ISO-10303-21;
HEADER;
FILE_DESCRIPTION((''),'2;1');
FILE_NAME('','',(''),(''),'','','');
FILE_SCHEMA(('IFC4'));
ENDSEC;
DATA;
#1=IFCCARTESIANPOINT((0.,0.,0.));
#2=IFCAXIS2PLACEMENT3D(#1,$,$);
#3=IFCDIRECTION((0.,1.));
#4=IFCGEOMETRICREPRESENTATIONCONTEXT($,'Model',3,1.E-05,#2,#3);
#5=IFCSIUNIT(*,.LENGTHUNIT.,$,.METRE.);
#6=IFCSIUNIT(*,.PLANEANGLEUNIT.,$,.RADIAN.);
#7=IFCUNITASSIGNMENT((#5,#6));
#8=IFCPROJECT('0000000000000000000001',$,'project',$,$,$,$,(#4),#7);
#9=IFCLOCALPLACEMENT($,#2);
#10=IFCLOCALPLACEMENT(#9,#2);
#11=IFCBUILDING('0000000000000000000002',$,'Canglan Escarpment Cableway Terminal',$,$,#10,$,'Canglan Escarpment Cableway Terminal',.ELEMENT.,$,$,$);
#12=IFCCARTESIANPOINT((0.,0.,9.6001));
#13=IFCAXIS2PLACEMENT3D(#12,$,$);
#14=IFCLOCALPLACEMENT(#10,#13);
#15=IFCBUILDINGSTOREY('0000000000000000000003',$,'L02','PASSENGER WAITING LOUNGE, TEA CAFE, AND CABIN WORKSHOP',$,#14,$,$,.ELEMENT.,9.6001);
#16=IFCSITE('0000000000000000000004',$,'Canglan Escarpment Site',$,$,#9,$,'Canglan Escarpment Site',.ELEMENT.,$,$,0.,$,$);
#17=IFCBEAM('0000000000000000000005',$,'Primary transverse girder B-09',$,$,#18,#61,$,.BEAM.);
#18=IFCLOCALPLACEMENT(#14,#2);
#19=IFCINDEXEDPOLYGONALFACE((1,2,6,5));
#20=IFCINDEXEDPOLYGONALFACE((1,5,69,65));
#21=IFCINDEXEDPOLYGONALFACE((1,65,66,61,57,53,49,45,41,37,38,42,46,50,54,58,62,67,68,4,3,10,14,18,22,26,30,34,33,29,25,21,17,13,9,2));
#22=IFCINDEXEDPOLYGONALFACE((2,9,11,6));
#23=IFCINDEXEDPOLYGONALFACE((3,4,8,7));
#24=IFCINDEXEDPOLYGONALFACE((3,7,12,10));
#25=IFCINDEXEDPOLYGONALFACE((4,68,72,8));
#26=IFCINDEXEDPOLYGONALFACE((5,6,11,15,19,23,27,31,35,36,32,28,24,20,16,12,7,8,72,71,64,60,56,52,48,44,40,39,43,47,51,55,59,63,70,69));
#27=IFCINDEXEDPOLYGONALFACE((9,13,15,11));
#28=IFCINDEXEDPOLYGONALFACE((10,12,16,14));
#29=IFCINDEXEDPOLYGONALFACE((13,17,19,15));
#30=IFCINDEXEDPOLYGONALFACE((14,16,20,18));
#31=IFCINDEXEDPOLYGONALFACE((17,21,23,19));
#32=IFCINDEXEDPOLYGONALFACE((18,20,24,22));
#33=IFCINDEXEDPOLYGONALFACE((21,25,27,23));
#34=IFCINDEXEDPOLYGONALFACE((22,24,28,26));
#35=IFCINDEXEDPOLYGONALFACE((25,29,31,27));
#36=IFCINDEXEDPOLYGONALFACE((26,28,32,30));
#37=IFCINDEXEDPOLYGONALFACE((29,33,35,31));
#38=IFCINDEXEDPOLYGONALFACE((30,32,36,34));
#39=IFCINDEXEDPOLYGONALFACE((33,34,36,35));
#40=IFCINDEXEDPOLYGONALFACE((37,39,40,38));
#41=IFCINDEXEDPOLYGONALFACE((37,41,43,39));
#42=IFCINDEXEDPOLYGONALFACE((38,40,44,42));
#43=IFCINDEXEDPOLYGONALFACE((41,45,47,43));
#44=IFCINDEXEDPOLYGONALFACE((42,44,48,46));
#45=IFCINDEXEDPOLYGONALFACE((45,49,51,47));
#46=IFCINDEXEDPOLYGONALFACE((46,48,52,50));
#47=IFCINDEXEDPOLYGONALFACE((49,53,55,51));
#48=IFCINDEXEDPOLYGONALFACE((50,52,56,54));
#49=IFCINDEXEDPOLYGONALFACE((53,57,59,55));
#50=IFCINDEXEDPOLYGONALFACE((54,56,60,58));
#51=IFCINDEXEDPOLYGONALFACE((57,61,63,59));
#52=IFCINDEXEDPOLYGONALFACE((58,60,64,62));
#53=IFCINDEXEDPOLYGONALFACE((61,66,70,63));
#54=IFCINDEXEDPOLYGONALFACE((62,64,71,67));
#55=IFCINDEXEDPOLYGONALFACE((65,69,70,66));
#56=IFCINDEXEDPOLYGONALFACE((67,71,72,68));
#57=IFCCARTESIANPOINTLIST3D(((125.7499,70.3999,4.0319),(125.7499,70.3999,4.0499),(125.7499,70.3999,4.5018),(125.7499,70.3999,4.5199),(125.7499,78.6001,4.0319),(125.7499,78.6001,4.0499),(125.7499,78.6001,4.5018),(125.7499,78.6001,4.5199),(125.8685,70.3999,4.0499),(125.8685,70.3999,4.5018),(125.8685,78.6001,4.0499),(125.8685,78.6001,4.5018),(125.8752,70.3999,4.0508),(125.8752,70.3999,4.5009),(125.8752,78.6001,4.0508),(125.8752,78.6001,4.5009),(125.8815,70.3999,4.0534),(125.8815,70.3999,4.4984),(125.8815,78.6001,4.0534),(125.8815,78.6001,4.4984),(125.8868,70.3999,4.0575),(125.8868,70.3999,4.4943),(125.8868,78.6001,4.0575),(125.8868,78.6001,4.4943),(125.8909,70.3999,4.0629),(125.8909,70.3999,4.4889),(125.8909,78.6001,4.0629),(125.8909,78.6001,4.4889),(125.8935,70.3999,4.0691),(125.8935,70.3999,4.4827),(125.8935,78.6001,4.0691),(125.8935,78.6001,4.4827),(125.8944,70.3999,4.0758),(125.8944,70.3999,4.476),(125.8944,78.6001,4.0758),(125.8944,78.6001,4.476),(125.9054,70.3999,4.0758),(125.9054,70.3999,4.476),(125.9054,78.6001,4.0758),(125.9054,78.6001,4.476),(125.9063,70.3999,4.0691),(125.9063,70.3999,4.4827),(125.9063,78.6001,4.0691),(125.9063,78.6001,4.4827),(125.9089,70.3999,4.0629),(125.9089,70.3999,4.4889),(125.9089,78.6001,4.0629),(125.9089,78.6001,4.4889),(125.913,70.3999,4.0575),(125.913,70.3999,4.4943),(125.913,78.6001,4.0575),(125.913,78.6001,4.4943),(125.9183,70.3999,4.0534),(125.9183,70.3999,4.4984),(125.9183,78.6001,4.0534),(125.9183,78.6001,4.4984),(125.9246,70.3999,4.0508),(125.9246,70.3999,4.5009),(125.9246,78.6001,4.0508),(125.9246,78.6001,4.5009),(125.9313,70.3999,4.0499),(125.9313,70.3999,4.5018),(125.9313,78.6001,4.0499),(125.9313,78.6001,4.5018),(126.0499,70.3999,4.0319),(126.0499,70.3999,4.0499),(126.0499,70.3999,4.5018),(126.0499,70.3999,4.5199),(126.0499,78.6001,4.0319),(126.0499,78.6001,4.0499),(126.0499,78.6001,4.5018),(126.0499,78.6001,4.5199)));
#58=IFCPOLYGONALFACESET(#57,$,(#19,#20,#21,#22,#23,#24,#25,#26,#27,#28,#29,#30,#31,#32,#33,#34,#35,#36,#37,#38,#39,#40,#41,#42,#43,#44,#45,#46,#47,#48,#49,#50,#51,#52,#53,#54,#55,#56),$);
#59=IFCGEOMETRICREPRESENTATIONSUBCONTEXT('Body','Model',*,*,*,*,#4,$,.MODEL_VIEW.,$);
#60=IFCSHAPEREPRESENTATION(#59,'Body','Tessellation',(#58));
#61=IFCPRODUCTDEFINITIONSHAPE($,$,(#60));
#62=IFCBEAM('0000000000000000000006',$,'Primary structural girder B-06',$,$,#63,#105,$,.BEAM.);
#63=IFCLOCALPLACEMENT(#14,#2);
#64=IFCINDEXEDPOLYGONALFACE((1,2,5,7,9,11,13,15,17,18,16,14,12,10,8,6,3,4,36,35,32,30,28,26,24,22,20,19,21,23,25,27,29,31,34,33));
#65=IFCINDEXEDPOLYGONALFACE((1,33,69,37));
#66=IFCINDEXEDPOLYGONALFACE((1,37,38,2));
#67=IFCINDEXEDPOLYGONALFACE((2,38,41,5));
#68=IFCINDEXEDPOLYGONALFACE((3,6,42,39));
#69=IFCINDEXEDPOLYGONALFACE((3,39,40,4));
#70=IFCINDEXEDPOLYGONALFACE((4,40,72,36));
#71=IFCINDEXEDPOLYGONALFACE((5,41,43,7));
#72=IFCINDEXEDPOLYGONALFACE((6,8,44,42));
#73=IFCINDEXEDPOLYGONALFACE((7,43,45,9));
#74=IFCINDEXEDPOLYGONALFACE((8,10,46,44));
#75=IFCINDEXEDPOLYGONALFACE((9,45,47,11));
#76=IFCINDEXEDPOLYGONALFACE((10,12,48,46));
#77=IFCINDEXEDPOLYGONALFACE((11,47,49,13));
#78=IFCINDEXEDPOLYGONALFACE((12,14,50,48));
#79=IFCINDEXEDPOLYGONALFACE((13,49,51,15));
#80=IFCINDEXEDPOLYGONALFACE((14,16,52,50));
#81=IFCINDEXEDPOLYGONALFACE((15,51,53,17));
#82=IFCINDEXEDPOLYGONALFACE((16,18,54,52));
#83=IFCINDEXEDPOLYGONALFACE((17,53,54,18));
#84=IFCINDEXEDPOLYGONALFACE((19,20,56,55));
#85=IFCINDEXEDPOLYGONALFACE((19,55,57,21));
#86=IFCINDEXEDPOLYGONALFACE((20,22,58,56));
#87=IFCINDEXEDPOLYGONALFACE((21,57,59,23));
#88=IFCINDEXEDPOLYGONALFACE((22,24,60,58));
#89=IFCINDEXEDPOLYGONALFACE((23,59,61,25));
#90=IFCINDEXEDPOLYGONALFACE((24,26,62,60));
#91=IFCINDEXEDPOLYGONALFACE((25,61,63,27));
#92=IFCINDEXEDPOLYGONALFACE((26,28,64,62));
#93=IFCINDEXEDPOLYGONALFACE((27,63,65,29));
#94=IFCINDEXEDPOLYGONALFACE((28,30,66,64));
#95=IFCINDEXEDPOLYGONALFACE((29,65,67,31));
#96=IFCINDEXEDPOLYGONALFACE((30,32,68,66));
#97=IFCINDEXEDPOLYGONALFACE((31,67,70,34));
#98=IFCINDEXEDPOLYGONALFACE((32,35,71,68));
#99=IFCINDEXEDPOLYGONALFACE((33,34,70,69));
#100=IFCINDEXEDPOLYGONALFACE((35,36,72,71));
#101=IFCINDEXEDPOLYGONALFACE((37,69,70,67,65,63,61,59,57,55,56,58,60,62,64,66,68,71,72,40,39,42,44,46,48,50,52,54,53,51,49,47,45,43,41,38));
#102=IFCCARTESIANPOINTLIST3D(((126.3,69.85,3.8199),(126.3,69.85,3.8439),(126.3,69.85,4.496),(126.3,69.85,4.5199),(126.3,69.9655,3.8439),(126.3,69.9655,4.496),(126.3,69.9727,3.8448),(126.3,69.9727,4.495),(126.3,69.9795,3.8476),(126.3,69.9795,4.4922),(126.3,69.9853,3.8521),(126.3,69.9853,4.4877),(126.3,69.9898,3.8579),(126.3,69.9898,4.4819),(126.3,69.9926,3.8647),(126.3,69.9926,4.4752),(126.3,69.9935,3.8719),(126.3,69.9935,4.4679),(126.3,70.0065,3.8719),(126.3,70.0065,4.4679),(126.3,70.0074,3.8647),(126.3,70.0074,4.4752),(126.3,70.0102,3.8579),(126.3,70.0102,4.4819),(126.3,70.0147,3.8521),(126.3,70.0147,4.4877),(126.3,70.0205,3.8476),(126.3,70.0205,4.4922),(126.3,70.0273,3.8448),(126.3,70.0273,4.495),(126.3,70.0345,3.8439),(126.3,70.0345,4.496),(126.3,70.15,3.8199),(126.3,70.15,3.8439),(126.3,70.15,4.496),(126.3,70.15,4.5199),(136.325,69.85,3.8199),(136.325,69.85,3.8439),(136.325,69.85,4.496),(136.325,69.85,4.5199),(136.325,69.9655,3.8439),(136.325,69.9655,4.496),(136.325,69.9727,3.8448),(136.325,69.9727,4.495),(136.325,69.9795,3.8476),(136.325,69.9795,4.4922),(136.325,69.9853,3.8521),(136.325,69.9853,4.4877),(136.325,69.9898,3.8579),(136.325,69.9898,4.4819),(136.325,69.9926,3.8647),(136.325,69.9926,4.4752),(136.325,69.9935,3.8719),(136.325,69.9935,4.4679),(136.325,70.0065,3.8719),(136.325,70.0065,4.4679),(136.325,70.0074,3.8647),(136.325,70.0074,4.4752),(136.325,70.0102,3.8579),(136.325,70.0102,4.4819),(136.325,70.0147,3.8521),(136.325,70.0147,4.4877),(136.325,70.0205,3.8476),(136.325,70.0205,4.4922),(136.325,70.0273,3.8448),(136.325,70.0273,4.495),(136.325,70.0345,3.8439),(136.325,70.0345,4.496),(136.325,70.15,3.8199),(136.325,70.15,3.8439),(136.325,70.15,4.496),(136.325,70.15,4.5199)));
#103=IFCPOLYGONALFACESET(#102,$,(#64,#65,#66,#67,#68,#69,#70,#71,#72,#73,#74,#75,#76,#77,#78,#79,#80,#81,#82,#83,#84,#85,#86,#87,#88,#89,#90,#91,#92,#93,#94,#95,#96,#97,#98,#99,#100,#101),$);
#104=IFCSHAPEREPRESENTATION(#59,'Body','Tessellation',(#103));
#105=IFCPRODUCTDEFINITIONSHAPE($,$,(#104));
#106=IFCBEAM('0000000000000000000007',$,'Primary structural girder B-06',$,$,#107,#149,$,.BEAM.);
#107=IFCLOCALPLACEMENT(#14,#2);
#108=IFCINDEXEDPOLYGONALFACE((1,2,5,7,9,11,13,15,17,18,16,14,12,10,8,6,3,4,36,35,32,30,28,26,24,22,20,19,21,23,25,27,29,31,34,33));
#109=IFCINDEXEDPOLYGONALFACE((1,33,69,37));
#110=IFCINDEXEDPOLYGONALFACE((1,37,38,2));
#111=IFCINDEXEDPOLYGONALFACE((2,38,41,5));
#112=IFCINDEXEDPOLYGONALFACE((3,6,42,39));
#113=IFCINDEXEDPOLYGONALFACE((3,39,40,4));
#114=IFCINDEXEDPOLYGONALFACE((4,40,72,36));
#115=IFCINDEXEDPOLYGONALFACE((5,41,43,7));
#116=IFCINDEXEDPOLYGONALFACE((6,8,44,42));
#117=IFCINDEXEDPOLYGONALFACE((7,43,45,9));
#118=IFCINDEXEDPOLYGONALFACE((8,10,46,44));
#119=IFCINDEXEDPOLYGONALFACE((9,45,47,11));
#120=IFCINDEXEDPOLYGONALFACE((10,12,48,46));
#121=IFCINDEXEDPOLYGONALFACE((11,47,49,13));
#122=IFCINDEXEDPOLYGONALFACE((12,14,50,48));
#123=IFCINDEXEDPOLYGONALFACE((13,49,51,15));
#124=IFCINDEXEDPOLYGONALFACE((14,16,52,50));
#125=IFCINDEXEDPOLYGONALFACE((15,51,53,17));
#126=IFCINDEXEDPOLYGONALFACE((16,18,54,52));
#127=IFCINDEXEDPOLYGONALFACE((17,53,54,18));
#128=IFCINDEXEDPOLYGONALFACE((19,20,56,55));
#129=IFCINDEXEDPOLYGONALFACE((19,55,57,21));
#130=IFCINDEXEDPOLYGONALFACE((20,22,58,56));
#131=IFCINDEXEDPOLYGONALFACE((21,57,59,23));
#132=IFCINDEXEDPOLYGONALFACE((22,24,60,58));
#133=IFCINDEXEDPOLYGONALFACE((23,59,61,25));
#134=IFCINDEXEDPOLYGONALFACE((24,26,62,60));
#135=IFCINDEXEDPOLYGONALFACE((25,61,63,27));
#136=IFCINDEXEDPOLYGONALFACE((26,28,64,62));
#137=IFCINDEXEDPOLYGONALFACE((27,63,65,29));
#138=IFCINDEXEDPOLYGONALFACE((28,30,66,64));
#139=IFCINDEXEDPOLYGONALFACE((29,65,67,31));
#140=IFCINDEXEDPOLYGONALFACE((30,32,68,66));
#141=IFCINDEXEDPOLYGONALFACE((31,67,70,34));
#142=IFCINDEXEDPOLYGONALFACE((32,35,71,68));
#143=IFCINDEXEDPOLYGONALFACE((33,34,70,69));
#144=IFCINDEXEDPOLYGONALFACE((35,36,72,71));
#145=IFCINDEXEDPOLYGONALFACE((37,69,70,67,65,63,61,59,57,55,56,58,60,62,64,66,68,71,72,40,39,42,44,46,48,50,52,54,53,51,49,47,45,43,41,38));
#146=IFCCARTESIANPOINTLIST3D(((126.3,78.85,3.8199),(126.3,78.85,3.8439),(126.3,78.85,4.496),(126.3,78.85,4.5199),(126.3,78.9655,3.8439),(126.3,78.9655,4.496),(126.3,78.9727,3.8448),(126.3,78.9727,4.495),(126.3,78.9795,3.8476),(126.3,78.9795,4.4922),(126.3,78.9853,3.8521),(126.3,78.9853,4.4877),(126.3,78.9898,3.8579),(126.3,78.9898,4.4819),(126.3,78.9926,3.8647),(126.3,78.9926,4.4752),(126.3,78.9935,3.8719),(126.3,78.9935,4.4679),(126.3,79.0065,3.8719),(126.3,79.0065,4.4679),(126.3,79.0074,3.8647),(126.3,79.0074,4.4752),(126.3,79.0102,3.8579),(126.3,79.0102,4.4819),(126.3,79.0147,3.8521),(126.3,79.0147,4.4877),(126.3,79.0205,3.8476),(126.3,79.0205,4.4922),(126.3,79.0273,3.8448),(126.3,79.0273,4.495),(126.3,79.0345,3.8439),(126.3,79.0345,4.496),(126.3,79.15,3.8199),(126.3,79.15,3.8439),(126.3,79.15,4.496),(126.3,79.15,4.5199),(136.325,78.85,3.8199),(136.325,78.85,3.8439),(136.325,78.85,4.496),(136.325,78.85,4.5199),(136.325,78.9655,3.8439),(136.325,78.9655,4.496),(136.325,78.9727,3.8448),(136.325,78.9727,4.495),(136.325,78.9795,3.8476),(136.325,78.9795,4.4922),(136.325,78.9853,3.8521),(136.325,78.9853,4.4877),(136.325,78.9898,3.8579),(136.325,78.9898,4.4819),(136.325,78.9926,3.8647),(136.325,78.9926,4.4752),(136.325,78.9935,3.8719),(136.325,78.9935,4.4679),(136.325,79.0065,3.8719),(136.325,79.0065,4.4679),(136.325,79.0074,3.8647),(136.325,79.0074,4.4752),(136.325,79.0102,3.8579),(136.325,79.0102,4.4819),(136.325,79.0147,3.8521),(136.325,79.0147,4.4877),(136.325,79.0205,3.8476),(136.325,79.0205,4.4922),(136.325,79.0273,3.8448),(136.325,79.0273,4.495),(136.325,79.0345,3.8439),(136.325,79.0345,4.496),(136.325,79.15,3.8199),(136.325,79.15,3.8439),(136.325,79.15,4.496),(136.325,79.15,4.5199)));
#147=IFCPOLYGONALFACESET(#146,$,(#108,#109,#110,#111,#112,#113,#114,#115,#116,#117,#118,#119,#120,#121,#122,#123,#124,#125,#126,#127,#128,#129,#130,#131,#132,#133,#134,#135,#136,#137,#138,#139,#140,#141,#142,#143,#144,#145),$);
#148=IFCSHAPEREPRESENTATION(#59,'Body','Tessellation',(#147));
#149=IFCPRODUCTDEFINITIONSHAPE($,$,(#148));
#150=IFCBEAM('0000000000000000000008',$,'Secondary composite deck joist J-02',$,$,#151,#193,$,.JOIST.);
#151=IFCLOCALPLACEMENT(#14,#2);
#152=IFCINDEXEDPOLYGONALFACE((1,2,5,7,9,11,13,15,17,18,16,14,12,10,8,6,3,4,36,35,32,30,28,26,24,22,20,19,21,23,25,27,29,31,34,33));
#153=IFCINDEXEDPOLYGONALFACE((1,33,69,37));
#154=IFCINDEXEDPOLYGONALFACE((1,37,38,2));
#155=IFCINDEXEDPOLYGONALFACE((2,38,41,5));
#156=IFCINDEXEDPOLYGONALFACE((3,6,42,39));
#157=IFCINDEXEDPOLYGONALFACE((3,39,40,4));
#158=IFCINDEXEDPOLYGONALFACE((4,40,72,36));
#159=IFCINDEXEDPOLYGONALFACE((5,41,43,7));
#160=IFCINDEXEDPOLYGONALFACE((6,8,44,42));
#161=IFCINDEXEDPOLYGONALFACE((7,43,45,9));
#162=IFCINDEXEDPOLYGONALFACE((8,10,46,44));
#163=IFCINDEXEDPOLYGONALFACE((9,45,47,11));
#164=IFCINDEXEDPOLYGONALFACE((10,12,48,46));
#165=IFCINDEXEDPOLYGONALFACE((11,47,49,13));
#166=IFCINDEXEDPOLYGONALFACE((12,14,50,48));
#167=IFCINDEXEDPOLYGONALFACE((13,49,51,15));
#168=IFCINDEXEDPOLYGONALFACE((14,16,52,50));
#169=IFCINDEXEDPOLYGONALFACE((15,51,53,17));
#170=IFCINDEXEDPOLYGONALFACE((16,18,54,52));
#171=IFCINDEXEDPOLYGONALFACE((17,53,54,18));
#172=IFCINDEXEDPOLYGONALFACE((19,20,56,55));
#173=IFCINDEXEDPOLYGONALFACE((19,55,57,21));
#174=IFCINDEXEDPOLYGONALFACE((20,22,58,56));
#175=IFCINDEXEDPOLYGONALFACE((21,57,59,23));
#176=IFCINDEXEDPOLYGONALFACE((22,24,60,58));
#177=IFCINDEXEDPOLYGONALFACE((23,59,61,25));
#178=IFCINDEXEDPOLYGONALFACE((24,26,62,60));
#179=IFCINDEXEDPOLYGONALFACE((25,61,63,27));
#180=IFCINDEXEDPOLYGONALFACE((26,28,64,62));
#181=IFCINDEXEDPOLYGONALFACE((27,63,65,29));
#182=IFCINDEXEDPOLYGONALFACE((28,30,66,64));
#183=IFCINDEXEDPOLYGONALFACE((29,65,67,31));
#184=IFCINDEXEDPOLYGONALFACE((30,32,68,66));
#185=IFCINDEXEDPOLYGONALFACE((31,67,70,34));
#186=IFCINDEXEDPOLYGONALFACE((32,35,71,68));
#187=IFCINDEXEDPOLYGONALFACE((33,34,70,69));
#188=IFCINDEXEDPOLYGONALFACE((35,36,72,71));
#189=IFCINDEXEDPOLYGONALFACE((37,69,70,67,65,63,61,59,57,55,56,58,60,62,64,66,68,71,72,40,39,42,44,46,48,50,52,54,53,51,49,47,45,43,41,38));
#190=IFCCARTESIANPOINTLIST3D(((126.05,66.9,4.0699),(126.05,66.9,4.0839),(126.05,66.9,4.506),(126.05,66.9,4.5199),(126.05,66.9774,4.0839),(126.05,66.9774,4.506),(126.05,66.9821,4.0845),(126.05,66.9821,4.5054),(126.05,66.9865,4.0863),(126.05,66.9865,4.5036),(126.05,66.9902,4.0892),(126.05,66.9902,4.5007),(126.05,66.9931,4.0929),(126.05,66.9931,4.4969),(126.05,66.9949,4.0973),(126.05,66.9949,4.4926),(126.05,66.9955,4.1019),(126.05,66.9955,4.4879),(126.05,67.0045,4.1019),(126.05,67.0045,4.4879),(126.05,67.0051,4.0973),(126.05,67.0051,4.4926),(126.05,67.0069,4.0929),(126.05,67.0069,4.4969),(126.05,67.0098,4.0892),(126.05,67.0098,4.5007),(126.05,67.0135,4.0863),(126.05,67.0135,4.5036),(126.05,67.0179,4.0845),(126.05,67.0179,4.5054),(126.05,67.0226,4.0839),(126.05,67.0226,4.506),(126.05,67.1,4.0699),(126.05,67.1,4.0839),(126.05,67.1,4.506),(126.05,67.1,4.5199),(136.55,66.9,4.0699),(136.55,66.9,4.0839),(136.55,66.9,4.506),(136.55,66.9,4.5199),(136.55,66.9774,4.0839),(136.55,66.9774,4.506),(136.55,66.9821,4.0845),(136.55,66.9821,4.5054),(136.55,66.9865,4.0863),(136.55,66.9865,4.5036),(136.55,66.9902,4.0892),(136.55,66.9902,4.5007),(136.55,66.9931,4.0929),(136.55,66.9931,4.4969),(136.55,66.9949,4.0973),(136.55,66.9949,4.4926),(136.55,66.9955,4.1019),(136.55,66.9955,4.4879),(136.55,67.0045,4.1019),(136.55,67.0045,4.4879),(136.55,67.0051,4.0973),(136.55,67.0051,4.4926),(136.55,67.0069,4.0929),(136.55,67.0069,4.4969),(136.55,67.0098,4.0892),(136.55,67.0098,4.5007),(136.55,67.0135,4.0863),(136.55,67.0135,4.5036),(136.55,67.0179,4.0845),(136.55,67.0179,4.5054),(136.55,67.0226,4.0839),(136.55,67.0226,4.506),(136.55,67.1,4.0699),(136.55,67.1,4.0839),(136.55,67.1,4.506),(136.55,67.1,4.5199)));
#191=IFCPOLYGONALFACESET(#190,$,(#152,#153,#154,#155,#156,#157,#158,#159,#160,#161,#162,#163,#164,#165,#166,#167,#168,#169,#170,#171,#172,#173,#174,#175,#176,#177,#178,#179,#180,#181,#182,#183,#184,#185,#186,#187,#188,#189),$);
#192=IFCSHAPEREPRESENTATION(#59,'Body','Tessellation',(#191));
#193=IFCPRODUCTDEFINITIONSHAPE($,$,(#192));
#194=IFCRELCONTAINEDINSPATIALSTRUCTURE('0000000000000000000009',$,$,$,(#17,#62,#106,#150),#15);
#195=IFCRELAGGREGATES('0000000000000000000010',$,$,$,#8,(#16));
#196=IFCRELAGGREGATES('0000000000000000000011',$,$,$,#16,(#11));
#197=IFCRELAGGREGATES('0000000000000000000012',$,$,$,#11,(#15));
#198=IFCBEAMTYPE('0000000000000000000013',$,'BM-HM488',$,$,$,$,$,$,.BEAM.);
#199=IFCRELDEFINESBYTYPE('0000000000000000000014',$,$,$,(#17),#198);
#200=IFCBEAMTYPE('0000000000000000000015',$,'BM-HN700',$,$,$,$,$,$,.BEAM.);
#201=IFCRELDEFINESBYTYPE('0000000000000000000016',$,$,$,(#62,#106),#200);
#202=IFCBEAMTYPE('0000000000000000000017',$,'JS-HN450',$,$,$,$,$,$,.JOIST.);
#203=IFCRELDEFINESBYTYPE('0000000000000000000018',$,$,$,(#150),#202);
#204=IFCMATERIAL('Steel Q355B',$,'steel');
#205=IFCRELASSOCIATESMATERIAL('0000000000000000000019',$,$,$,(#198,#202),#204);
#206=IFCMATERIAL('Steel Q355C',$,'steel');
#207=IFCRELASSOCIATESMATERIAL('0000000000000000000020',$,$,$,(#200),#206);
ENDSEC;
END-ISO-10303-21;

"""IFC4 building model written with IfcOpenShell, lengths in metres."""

from ifc_helpers import new_model, si_unit, direction, frame, origin, origin_2d, place, context, subcontext, project, spatial, i_section, extrude, material, material_profile, profile_set, type_object, element, save


model = new_model("IFC4")

# Units and contexts
model_context = context("Model", 3, precision=1e-05, world=origin(), true_north=direction((0.0, 1.0)))
body_context = subcontext(model_context, "Body", "Model", "MODEL_VIEW")
ifc_project = project(units=[si_unit("LENGTHUNIT", "METRE"), si_unit("PLANEANGLEUNIT", "RADIAN")], contexts=[model_context])

# Site, building, storey
site_placement = place(None, origin())
site = spatial("IfcSite", under=ifc_project, at=site_placement, Name="Canglan Escarpment Site", LongName="Canglan Escarpment Site", CompositionType="ELEMENT", RefElevation=0.0)
building_placement = place(site_placement, origin())
building = spatial("IfcBuilding", under=site, at=building_placement, Name="Canglan Escarpment Cableway Terminal", LongName="Canglan Escarpment Cableway Terminal", CompositionType="ELEMENT")
storey_placement = place(building_placement, frame((0.0, 0.0, 9.6001)))
storey = spatial("IfcBuildingStorey", under=building, at=storey_placement, Name="L02", Description="PASSENGER WAITING LOUNGE, TEA CAFE, AND CABIN WORKSHOP", CompositionType="ELEMENT", Elevation=9.6001)

# Beams
ifc_material_1 = material(Name="Steel Q355B", Category="steel")
ifc_material_profile_1 = material_profile(ifc_material_1, i_section(OverallWidth=0.3, OverallDepth=0.488, WebThickness=0.011, FlangeThickness=0.0181, FilletRadius=0.0259, at=origin_2d()), Name="HM 488x300x11x18")
ifc_profile_set_1 = profile_set([ifc_material_profile_1], Name="Steel Q355B")
beam_type_1 = type_object("IfcBeamType", Name="BM-HM488", PredefinedType="BEAM", material=ifc_profile_set_1)
beam_placement = place(storey_placement, frame((125.8999, 70.3999, 4.2759), z_axis=(0.0, 1.0, 0.0), x_axis=(-1.0, 0.0, 0.0)))
element("IfcBeam", 1, at=beam_placement, inside=storey, type_object=beam_type_1, Name="Primary transverse girder B-09", PredefinedType="BEAM", context=body_context, shape_type="SweptSolid", body=[
    extrude(i_section(OverallWidth=0.3, OverallDepth=0.488, WebThickness=0.011, FlangeThickness=0.0181, FilletRadius=0.0259, at=origin_2d()), origin(), (0.0, 0.0, 1.0), 8.2002),
])
ifc_material_2 = material(Name="Steel Q355C", Category="steel")
ifc_material_profile_2 = material_profile(ifc_material_2, i_section(OverallWidth=0.3, OverallDepth=0.7, WebThickness=0.0129, FlangeThickness=0.0239, FilletRadius=0.0281, at=origin_2d()), Name="HN 700x300x13x24")
ifc_profile_set_2 = profile_set([ifc_material_profile_2], Name="Steel Q355C")
beam_type_2 = type_object("IfcBeamType", Name="BM-HN700", PredefinedType="BEAM", material=ifc_profile_set_2)
for number, where, z_axis, x_axis, name in (
    (2, (126.3, 70.0, 4.1699), (1.0, 0.0, 0.0), (0.0, 1.0, 0.0), "Primary structural girder B-06"),
    (3, (126.3, 79.0, 4.1699), (1.0, 0.0, 0.0), (0.0, 1.0, 0.0), "Primary structural girder B-06"),
):
    element("IfcBeam", number, at=place(storey_placement, frame(where, z_axis=z_axis, x_axis=x_axis)), inside=storey, type_object=beam_type_2, Name=name, PredefinedType="BEAM", context=body_context, shape_type="SweptSolid", body=[
        extrude(i_section(OverallWidth=0.3, OverallDepth=0.7, WebThickness=0.0129, FlangeThickness=0.0239, FilletRadius=0.0281, at=origin_2d()), origin(), (0.0, 0.0, 1.0), 10.0249),
    ])
ifc_material_profile_3 = material_profile(ifc_material_1, i_section(OverallWidth=0.2, OverallDepth=0.45, WebThickness=0.009, FlangeThickness=0.0139, FilletRadius=0.0181, at=origin_2d()), Name="HN 450x200x9x14")
ifc_profile_set_3 = profile_set([ifc_material_profile_3], Name="Steel Q355B")
beam_type_3 = type_object("IfcBeamType", Name="JS-HN450", PredefinedType="JOIST", material=ifc_profile_set_3)
for number, where, z_axis, x_axis, name in (
    (4, (126.05, 67.0, 4.2949), (1.0, 0.0, 0.0), (0.0, 1.0, 0.0), "Secondary composite deck joist J-02"),
):
    element("IfcBeam", number, at=place(storey_placement, frame(where, z_axis=z_axis, x_axis=x_axis)), inside=storey, type_object=beam_type_3, Name=name, PredefinedType="JOIST", context=body_context, shape_type="SweptSolid", body=[
        extrude(i_section(OverallWidth=0.2, OverallDepth=0.45, WebThickness=0.009, FlangeThickness=0.0139, FilletRadius=0.0181, at=origin_2d()), origin(), (0.0, 0.0, 1.0), 10.5),
    ])

save(model, "model.ifc")
